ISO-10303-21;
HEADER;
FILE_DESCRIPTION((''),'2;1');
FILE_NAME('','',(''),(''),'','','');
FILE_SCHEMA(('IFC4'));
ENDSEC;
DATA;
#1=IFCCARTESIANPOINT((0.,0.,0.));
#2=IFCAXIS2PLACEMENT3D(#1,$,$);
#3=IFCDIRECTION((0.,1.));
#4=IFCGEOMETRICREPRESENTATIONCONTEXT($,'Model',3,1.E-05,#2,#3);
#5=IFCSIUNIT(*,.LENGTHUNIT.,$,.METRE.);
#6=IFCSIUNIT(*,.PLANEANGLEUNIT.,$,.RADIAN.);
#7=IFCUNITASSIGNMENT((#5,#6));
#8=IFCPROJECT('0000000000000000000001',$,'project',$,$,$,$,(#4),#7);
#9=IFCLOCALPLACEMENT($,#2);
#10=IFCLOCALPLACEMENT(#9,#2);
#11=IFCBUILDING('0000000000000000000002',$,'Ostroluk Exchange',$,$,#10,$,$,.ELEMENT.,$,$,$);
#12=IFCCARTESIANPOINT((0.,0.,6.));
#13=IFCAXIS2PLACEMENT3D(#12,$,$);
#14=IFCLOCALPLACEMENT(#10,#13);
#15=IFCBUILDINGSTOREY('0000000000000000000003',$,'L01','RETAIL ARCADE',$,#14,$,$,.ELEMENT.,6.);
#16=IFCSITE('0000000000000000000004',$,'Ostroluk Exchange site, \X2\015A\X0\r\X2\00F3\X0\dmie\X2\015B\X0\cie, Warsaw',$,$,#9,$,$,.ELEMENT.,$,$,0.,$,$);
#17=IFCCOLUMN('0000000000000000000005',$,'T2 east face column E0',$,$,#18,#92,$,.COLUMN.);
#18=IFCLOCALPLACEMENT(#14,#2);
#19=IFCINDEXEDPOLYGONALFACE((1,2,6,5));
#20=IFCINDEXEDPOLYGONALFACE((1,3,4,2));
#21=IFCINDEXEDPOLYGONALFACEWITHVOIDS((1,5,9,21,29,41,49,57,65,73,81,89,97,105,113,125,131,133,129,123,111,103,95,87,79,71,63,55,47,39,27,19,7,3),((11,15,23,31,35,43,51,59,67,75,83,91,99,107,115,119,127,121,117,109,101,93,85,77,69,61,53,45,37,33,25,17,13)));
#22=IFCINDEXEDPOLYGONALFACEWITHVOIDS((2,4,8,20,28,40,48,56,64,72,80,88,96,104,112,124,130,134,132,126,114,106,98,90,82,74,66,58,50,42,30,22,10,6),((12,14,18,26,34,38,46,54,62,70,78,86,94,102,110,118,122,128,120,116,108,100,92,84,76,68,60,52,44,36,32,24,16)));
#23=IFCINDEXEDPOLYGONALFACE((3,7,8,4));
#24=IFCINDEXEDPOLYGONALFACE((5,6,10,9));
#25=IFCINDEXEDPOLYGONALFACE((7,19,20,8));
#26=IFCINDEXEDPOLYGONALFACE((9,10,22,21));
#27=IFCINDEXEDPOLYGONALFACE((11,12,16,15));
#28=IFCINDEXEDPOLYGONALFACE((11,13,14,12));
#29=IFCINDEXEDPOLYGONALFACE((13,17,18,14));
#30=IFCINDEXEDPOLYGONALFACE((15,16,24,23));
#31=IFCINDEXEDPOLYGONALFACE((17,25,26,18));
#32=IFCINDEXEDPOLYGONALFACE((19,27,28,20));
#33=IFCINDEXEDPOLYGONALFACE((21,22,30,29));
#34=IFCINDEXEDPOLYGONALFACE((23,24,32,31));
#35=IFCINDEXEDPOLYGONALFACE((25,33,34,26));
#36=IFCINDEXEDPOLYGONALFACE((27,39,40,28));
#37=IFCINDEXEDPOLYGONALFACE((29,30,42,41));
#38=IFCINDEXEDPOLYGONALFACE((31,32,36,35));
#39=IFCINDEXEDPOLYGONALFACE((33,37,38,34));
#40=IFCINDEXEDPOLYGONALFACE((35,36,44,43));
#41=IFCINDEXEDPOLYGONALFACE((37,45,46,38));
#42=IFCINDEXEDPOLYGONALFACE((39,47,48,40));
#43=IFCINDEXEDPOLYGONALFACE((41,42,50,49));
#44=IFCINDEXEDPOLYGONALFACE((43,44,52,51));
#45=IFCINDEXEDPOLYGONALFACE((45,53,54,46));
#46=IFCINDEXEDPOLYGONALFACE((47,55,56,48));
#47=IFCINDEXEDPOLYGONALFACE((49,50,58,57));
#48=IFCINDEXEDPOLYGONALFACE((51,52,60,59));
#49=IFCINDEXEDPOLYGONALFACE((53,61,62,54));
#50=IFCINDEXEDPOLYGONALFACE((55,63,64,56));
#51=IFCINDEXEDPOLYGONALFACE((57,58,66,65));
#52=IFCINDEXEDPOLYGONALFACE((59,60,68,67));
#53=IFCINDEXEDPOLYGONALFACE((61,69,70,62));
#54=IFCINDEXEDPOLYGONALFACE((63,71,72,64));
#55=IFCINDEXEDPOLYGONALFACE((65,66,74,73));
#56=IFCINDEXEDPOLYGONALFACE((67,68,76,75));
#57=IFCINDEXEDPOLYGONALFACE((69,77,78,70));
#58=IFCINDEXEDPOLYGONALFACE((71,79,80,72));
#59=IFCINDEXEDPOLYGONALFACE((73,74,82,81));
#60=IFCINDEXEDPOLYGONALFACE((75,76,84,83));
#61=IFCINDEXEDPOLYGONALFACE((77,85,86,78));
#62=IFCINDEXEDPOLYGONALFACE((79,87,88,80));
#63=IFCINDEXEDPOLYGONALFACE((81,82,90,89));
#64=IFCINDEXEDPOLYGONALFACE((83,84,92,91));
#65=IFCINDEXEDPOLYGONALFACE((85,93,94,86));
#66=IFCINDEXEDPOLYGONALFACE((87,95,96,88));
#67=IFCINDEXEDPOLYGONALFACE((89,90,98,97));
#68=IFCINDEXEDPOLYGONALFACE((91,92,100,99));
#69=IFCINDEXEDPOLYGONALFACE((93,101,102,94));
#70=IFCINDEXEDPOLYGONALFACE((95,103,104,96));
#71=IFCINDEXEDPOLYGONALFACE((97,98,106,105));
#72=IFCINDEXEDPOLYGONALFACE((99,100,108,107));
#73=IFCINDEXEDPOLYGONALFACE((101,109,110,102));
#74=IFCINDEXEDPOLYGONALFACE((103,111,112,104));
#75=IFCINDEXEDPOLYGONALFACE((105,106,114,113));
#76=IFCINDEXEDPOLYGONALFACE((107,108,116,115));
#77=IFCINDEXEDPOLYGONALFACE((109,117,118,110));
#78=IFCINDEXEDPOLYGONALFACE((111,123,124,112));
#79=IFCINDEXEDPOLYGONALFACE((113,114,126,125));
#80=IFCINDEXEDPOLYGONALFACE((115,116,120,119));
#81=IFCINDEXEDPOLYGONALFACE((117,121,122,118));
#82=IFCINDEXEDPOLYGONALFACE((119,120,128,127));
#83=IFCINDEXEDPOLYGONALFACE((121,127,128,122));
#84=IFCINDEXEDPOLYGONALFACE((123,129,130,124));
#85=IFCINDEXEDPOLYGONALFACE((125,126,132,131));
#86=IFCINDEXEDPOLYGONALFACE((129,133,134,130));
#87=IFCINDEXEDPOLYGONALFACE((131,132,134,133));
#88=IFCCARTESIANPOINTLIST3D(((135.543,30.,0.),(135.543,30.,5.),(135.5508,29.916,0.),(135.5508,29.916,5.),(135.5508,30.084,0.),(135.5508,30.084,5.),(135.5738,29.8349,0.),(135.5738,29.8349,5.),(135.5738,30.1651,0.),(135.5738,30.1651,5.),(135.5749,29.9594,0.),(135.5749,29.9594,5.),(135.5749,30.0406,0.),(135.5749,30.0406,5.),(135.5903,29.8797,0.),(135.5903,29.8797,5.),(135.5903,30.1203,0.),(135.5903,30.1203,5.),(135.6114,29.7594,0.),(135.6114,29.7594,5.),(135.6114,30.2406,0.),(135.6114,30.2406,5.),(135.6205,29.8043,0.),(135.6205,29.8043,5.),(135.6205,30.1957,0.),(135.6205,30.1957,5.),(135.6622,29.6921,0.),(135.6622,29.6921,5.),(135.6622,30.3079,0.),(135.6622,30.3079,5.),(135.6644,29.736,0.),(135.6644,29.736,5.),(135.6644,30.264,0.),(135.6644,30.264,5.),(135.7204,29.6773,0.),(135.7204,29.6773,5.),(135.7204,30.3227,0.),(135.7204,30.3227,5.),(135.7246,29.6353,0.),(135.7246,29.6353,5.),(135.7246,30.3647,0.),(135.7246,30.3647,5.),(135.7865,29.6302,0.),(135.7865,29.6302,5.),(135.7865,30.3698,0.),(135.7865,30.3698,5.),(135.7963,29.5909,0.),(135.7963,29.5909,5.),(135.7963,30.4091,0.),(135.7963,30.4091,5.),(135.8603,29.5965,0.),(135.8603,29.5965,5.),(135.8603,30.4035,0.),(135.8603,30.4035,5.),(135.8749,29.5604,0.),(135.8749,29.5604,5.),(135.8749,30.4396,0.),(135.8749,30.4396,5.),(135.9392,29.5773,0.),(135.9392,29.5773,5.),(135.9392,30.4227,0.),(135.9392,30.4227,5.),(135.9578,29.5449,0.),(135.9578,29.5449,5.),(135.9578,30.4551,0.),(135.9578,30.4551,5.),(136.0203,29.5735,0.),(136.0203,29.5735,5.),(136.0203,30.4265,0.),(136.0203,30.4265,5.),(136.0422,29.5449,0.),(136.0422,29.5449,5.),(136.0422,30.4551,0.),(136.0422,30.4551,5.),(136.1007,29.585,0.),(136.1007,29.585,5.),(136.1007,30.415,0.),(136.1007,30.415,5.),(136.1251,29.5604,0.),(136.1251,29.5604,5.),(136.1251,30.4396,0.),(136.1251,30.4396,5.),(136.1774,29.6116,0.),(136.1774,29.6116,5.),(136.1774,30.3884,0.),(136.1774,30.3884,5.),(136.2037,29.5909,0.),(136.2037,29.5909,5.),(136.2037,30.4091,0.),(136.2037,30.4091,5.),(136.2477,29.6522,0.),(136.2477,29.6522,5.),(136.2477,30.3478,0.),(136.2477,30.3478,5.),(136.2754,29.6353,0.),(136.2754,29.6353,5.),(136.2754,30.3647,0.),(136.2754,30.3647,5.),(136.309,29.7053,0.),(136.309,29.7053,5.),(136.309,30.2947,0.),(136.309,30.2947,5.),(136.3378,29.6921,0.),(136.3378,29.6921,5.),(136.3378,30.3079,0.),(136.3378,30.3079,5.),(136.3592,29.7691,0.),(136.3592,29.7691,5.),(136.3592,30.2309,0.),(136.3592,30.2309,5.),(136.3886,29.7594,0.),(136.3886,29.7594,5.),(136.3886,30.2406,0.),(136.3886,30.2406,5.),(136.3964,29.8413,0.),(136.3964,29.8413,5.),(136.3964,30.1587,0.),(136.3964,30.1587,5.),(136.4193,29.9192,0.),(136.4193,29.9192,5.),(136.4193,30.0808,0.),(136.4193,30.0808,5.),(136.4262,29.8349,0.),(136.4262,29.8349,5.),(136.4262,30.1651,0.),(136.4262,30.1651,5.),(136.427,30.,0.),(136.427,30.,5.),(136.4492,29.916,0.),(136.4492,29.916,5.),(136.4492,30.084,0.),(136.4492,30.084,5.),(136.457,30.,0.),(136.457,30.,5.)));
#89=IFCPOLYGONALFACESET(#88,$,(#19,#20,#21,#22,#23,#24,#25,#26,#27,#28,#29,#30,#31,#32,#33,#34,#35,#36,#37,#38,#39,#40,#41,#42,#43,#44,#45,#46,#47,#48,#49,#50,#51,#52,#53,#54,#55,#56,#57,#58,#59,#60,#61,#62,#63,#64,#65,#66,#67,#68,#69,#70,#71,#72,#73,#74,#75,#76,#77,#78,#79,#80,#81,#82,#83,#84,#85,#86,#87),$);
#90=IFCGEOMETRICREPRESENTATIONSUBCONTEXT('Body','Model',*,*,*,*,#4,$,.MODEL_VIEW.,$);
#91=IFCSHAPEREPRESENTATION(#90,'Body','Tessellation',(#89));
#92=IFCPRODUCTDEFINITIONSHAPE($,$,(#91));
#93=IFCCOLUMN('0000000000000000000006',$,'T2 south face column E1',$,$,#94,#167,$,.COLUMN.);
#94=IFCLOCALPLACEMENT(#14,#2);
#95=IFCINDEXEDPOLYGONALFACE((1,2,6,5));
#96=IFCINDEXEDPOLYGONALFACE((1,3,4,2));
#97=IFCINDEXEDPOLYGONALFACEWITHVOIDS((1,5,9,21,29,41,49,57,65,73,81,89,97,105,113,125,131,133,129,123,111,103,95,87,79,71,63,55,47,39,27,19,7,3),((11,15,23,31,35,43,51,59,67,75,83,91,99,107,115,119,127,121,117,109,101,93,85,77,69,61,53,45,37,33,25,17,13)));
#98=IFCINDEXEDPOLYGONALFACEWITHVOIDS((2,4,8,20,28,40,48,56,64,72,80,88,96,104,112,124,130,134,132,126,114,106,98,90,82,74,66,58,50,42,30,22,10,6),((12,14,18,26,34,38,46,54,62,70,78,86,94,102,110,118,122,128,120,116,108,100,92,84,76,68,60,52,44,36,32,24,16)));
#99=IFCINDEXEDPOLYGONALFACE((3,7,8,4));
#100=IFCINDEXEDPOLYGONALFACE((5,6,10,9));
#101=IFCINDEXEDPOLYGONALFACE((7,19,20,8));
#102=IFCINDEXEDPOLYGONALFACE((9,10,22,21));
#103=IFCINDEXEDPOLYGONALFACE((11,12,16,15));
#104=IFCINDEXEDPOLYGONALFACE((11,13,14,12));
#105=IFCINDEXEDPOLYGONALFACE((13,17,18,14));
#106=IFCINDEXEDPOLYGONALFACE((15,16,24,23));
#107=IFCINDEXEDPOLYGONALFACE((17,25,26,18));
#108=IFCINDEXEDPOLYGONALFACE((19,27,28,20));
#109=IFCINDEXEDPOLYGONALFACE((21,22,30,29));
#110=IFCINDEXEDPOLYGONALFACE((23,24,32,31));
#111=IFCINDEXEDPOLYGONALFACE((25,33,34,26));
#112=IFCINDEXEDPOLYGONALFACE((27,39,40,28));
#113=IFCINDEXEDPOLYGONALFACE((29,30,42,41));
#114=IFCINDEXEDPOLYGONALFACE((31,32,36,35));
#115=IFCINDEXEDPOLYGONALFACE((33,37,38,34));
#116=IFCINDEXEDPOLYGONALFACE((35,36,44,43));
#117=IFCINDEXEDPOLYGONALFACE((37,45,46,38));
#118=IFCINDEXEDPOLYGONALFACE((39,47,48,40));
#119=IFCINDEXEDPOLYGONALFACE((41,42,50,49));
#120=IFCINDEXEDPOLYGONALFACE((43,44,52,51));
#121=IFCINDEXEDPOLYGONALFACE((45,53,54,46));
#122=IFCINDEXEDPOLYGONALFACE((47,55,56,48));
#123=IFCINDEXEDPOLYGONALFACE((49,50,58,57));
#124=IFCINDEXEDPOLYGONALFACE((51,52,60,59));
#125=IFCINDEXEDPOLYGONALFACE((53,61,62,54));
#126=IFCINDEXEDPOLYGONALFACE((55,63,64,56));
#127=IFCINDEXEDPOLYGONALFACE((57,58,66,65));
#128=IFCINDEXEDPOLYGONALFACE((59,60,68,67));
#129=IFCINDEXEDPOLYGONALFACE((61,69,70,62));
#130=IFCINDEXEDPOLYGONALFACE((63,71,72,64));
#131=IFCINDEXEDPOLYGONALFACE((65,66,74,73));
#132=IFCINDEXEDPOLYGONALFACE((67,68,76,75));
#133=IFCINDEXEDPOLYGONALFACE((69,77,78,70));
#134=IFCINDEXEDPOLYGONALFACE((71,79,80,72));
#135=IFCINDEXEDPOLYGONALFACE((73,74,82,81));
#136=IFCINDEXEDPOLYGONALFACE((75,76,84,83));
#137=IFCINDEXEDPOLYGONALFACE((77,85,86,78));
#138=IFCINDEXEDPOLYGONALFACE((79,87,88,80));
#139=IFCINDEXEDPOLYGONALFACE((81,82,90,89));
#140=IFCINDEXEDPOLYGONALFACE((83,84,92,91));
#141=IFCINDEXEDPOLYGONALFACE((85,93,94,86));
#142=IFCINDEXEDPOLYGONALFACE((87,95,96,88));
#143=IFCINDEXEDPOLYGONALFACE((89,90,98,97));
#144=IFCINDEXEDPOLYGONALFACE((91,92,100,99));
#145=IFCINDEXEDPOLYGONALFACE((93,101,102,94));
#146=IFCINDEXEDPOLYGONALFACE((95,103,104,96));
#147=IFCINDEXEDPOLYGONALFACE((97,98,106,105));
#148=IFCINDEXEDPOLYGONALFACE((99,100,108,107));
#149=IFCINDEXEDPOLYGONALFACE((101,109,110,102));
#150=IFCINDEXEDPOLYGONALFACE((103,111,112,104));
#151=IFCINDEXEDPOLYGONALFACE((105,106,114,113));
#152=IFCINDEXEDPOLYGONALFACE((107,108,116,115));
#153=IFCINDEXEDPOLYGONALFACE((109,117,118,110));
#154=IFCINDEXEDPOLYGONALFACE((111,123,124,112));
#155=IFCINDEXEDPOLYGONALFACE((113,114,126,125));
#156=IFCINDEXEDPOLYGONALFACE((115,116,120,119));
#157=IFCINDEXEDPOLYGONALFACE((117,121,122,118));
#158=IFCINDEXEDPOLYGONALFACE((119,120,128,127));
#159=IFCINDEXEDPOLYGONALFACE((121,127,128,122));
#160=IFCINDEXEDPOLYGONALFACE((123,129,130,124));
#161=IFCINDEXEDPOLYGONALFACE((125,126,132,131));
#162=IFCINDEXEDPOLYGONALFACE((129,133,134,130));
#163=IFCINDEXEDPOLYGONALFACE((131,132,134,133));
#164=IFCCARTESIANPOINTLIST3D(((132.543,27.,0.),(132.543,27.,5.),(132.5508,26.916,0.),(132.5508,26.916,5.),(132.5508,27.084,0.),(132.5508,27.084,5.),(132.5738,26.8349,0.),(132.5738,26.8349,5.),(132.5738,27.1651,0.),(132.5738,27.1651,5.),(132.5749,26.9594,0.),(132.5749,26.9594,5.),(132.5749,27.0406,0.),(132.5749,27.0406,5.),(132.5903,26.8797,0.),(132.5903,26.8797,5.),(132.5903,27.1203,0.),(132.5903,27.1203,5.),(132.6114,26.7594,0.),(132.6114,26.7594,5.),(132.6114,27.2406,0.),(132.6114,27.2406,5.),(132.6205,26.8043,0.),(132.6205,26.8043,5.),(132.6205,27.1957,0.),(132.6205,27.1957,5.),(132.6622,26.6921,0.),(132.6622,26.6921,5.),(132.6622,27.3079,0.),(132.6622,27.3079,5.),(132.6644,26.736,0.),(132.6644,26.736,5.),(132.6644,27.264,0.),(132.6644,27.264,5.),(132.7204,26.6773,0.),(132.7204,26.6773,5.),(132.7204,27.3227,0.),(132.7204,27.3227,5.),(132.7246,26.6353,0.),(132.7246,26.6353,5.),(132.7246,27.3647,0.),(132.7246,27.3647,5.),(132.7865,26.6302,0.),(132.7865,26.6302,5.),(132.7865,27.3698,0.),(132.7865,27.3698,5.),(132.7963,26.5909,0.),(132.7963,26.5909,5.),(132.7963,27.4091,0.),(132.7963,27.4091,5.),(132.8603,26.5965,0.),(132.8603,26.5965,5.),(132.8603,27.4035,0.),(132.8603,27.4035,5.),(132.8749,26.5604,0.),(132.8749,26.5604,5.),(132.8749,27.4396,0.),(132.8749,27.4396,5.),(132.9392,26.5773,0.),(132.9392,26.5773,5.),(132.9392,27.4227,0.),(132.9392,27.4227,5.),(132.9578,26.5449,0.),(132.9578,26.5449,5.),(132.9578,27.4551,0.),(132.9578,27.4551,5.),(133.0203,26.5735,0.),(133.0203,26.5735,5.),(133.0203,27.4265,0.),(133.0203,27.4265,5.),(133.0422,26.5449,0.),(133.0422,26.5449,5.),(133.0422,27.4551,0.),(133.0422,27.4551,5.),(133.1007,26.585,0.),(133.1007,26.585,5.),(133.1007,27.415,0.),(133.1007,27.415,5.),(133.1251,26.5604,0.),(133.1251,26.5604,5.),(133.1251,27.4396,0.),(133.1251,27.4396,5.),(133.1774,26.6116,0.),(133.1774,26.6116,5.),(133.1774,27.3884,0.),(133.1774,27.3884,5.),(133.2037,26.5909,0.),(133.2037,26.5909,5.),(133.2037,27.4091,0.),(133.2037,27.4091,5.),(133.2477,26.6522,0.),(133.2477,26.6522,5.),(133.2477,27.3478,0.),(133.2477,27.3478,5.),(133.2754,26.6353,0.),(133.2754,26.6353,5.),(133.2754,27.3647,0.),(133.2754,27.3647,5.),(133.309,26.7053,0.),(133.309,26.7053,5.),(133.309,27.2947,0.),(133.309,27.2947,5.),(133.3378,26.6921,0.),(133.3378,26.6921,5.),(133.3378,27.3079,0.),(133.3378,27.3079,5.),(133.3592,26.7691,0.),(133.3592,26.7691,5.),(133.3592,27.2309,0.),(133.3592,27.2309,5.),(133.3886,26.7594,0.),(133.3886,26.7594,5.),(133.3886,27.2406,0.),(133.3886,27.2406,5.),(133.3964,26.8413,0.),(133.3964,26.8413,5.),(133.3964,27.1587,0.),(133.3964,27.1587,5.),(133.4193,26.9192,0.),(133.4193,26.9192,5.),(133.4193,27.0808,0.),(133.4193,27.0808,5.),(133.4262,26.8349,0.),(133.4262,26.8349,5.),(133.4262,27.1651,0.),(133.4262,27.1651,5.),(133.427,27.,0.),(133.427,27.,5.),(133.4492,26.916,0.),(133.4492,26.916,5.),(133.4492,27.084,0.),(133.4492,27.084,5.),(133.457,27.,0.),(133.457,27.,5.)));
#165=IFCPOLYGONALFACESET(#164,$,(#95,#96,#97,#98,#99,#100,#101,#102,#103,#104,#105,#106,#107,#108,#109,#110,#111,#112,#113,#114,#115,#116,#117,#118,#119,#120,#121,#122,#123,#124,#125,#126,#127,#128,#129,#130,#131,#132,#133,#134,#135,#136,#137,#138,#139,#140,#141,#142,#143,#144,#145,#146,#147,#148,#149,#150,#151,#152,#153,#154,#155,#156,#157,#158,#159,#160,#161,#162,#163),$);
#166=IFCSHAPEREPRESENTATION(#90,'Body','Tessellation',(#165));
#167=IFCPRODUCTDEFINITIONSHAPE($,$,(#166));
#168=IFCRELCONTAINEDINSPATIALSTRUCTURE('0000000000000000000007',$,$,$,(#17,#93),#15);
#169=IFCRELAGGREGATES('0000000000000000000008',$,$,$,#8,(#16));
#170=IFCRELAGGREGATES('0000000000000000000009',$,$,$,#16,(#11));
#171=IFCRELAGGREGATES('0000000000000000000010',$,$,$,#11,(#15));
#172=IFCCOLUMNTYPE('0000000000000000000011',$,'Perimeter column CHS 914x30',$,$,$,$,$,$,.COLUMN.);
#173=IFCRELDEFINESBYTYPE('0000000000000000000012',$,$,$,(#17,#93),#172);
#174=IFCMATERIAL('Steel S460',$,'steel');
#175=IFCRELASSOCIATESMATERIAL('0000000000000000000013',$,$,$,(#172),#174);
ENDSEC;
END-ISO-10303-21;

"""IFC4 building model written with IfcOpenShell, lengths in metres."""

from ifc_helpers import new_model, si_unit, direction, frame, origin, origin_2d, place, context, subcontext, project, spatial, hollow_circle, extrude, material, material_profile, profile_set, type_object, element, save


model = new_model("IFC4")

# Units and contexts
model_context = context("Model", 3, precision=1e-05, world=origin(), true_north=direction((0.0, 1.0)))
body_context = subcontext(model_context, "Body", "Model", "MODEL_VIEW")
ifc_project = project(units=[si_unit("LENGTHUNIT", "METRE"), si_unit("PLANEANGLEUNIT", "RADIAN")], contexts=[model_context])

# Site, building, storey
site_placement = place(None, origin())
site = spatial("IfcSite", under=ifc_project, at=site_placement, Name="Ostroluk Exchange site, Śródmieście, Warsaw", CompositionType="ELEMENT", RefElevation=0.0)
building_placement = place(site_placement, origin())
building = spatial("IfcBuilding", under=site, at=building_placement, Name="Ostroluk Exchange", CompositionType="ELEMENT")
storey_placement = place(building_placement, frame((0.0, 0.0, 6.0)))
storey = spatial("IfcBuildingStorey", under=building, at=storey_placement, Name="L01", Description="RETAIL ARCADE", CompositionType="ELEMENT", Elevation=6.0)

# Columns
ifc_material_1 = material(Name="Steel S460", Category="steel")
ifc_material_profile_1 = material_profile(ifc_material_1, hollow_circle(Radius=0.457, WallThickness=0.03, at=origin_2d()), Name="CHS 914x30")
ifc_profile_set_1 = profile_set([ifc_material_profile_1], Name="Steel S460")
column_type_1 = type_object("IfcColumnType", Name="Perimeter column CHS 914x30", PredefinedType="COLUMN", material=ifc_profile_set_1)
for number, where, z_axis, x_axis, name in (
    (1, (136.0, 30.0, 0.0), (0.0, 0.0, 1.0), (1.0, 0.0, 0.0), "T2 east face column E0"),
    (2, (133.0, 27.0, 0.0), (0.0, 0.0, 1.0), (1.0, 0.0, 0.0), "T2 south face column E1"),
):
    element("IfcColumn", number, at=place(storey_placement, frame(where, z_axis=z_axis, x_axis=x_axis)), inside=storey, type_object=column_type_1, Name=name, PredefinedType="COLUMN", context=body_context, shape_type="SweptSolid", body=[
        extrude(hollow_circle(Radius=0.457, WallThickness=0.03, at=origin_2d()), origin(), (0.0, 0.0, 1.0), 5.0),
    ])

save(model, "model.ifc")
